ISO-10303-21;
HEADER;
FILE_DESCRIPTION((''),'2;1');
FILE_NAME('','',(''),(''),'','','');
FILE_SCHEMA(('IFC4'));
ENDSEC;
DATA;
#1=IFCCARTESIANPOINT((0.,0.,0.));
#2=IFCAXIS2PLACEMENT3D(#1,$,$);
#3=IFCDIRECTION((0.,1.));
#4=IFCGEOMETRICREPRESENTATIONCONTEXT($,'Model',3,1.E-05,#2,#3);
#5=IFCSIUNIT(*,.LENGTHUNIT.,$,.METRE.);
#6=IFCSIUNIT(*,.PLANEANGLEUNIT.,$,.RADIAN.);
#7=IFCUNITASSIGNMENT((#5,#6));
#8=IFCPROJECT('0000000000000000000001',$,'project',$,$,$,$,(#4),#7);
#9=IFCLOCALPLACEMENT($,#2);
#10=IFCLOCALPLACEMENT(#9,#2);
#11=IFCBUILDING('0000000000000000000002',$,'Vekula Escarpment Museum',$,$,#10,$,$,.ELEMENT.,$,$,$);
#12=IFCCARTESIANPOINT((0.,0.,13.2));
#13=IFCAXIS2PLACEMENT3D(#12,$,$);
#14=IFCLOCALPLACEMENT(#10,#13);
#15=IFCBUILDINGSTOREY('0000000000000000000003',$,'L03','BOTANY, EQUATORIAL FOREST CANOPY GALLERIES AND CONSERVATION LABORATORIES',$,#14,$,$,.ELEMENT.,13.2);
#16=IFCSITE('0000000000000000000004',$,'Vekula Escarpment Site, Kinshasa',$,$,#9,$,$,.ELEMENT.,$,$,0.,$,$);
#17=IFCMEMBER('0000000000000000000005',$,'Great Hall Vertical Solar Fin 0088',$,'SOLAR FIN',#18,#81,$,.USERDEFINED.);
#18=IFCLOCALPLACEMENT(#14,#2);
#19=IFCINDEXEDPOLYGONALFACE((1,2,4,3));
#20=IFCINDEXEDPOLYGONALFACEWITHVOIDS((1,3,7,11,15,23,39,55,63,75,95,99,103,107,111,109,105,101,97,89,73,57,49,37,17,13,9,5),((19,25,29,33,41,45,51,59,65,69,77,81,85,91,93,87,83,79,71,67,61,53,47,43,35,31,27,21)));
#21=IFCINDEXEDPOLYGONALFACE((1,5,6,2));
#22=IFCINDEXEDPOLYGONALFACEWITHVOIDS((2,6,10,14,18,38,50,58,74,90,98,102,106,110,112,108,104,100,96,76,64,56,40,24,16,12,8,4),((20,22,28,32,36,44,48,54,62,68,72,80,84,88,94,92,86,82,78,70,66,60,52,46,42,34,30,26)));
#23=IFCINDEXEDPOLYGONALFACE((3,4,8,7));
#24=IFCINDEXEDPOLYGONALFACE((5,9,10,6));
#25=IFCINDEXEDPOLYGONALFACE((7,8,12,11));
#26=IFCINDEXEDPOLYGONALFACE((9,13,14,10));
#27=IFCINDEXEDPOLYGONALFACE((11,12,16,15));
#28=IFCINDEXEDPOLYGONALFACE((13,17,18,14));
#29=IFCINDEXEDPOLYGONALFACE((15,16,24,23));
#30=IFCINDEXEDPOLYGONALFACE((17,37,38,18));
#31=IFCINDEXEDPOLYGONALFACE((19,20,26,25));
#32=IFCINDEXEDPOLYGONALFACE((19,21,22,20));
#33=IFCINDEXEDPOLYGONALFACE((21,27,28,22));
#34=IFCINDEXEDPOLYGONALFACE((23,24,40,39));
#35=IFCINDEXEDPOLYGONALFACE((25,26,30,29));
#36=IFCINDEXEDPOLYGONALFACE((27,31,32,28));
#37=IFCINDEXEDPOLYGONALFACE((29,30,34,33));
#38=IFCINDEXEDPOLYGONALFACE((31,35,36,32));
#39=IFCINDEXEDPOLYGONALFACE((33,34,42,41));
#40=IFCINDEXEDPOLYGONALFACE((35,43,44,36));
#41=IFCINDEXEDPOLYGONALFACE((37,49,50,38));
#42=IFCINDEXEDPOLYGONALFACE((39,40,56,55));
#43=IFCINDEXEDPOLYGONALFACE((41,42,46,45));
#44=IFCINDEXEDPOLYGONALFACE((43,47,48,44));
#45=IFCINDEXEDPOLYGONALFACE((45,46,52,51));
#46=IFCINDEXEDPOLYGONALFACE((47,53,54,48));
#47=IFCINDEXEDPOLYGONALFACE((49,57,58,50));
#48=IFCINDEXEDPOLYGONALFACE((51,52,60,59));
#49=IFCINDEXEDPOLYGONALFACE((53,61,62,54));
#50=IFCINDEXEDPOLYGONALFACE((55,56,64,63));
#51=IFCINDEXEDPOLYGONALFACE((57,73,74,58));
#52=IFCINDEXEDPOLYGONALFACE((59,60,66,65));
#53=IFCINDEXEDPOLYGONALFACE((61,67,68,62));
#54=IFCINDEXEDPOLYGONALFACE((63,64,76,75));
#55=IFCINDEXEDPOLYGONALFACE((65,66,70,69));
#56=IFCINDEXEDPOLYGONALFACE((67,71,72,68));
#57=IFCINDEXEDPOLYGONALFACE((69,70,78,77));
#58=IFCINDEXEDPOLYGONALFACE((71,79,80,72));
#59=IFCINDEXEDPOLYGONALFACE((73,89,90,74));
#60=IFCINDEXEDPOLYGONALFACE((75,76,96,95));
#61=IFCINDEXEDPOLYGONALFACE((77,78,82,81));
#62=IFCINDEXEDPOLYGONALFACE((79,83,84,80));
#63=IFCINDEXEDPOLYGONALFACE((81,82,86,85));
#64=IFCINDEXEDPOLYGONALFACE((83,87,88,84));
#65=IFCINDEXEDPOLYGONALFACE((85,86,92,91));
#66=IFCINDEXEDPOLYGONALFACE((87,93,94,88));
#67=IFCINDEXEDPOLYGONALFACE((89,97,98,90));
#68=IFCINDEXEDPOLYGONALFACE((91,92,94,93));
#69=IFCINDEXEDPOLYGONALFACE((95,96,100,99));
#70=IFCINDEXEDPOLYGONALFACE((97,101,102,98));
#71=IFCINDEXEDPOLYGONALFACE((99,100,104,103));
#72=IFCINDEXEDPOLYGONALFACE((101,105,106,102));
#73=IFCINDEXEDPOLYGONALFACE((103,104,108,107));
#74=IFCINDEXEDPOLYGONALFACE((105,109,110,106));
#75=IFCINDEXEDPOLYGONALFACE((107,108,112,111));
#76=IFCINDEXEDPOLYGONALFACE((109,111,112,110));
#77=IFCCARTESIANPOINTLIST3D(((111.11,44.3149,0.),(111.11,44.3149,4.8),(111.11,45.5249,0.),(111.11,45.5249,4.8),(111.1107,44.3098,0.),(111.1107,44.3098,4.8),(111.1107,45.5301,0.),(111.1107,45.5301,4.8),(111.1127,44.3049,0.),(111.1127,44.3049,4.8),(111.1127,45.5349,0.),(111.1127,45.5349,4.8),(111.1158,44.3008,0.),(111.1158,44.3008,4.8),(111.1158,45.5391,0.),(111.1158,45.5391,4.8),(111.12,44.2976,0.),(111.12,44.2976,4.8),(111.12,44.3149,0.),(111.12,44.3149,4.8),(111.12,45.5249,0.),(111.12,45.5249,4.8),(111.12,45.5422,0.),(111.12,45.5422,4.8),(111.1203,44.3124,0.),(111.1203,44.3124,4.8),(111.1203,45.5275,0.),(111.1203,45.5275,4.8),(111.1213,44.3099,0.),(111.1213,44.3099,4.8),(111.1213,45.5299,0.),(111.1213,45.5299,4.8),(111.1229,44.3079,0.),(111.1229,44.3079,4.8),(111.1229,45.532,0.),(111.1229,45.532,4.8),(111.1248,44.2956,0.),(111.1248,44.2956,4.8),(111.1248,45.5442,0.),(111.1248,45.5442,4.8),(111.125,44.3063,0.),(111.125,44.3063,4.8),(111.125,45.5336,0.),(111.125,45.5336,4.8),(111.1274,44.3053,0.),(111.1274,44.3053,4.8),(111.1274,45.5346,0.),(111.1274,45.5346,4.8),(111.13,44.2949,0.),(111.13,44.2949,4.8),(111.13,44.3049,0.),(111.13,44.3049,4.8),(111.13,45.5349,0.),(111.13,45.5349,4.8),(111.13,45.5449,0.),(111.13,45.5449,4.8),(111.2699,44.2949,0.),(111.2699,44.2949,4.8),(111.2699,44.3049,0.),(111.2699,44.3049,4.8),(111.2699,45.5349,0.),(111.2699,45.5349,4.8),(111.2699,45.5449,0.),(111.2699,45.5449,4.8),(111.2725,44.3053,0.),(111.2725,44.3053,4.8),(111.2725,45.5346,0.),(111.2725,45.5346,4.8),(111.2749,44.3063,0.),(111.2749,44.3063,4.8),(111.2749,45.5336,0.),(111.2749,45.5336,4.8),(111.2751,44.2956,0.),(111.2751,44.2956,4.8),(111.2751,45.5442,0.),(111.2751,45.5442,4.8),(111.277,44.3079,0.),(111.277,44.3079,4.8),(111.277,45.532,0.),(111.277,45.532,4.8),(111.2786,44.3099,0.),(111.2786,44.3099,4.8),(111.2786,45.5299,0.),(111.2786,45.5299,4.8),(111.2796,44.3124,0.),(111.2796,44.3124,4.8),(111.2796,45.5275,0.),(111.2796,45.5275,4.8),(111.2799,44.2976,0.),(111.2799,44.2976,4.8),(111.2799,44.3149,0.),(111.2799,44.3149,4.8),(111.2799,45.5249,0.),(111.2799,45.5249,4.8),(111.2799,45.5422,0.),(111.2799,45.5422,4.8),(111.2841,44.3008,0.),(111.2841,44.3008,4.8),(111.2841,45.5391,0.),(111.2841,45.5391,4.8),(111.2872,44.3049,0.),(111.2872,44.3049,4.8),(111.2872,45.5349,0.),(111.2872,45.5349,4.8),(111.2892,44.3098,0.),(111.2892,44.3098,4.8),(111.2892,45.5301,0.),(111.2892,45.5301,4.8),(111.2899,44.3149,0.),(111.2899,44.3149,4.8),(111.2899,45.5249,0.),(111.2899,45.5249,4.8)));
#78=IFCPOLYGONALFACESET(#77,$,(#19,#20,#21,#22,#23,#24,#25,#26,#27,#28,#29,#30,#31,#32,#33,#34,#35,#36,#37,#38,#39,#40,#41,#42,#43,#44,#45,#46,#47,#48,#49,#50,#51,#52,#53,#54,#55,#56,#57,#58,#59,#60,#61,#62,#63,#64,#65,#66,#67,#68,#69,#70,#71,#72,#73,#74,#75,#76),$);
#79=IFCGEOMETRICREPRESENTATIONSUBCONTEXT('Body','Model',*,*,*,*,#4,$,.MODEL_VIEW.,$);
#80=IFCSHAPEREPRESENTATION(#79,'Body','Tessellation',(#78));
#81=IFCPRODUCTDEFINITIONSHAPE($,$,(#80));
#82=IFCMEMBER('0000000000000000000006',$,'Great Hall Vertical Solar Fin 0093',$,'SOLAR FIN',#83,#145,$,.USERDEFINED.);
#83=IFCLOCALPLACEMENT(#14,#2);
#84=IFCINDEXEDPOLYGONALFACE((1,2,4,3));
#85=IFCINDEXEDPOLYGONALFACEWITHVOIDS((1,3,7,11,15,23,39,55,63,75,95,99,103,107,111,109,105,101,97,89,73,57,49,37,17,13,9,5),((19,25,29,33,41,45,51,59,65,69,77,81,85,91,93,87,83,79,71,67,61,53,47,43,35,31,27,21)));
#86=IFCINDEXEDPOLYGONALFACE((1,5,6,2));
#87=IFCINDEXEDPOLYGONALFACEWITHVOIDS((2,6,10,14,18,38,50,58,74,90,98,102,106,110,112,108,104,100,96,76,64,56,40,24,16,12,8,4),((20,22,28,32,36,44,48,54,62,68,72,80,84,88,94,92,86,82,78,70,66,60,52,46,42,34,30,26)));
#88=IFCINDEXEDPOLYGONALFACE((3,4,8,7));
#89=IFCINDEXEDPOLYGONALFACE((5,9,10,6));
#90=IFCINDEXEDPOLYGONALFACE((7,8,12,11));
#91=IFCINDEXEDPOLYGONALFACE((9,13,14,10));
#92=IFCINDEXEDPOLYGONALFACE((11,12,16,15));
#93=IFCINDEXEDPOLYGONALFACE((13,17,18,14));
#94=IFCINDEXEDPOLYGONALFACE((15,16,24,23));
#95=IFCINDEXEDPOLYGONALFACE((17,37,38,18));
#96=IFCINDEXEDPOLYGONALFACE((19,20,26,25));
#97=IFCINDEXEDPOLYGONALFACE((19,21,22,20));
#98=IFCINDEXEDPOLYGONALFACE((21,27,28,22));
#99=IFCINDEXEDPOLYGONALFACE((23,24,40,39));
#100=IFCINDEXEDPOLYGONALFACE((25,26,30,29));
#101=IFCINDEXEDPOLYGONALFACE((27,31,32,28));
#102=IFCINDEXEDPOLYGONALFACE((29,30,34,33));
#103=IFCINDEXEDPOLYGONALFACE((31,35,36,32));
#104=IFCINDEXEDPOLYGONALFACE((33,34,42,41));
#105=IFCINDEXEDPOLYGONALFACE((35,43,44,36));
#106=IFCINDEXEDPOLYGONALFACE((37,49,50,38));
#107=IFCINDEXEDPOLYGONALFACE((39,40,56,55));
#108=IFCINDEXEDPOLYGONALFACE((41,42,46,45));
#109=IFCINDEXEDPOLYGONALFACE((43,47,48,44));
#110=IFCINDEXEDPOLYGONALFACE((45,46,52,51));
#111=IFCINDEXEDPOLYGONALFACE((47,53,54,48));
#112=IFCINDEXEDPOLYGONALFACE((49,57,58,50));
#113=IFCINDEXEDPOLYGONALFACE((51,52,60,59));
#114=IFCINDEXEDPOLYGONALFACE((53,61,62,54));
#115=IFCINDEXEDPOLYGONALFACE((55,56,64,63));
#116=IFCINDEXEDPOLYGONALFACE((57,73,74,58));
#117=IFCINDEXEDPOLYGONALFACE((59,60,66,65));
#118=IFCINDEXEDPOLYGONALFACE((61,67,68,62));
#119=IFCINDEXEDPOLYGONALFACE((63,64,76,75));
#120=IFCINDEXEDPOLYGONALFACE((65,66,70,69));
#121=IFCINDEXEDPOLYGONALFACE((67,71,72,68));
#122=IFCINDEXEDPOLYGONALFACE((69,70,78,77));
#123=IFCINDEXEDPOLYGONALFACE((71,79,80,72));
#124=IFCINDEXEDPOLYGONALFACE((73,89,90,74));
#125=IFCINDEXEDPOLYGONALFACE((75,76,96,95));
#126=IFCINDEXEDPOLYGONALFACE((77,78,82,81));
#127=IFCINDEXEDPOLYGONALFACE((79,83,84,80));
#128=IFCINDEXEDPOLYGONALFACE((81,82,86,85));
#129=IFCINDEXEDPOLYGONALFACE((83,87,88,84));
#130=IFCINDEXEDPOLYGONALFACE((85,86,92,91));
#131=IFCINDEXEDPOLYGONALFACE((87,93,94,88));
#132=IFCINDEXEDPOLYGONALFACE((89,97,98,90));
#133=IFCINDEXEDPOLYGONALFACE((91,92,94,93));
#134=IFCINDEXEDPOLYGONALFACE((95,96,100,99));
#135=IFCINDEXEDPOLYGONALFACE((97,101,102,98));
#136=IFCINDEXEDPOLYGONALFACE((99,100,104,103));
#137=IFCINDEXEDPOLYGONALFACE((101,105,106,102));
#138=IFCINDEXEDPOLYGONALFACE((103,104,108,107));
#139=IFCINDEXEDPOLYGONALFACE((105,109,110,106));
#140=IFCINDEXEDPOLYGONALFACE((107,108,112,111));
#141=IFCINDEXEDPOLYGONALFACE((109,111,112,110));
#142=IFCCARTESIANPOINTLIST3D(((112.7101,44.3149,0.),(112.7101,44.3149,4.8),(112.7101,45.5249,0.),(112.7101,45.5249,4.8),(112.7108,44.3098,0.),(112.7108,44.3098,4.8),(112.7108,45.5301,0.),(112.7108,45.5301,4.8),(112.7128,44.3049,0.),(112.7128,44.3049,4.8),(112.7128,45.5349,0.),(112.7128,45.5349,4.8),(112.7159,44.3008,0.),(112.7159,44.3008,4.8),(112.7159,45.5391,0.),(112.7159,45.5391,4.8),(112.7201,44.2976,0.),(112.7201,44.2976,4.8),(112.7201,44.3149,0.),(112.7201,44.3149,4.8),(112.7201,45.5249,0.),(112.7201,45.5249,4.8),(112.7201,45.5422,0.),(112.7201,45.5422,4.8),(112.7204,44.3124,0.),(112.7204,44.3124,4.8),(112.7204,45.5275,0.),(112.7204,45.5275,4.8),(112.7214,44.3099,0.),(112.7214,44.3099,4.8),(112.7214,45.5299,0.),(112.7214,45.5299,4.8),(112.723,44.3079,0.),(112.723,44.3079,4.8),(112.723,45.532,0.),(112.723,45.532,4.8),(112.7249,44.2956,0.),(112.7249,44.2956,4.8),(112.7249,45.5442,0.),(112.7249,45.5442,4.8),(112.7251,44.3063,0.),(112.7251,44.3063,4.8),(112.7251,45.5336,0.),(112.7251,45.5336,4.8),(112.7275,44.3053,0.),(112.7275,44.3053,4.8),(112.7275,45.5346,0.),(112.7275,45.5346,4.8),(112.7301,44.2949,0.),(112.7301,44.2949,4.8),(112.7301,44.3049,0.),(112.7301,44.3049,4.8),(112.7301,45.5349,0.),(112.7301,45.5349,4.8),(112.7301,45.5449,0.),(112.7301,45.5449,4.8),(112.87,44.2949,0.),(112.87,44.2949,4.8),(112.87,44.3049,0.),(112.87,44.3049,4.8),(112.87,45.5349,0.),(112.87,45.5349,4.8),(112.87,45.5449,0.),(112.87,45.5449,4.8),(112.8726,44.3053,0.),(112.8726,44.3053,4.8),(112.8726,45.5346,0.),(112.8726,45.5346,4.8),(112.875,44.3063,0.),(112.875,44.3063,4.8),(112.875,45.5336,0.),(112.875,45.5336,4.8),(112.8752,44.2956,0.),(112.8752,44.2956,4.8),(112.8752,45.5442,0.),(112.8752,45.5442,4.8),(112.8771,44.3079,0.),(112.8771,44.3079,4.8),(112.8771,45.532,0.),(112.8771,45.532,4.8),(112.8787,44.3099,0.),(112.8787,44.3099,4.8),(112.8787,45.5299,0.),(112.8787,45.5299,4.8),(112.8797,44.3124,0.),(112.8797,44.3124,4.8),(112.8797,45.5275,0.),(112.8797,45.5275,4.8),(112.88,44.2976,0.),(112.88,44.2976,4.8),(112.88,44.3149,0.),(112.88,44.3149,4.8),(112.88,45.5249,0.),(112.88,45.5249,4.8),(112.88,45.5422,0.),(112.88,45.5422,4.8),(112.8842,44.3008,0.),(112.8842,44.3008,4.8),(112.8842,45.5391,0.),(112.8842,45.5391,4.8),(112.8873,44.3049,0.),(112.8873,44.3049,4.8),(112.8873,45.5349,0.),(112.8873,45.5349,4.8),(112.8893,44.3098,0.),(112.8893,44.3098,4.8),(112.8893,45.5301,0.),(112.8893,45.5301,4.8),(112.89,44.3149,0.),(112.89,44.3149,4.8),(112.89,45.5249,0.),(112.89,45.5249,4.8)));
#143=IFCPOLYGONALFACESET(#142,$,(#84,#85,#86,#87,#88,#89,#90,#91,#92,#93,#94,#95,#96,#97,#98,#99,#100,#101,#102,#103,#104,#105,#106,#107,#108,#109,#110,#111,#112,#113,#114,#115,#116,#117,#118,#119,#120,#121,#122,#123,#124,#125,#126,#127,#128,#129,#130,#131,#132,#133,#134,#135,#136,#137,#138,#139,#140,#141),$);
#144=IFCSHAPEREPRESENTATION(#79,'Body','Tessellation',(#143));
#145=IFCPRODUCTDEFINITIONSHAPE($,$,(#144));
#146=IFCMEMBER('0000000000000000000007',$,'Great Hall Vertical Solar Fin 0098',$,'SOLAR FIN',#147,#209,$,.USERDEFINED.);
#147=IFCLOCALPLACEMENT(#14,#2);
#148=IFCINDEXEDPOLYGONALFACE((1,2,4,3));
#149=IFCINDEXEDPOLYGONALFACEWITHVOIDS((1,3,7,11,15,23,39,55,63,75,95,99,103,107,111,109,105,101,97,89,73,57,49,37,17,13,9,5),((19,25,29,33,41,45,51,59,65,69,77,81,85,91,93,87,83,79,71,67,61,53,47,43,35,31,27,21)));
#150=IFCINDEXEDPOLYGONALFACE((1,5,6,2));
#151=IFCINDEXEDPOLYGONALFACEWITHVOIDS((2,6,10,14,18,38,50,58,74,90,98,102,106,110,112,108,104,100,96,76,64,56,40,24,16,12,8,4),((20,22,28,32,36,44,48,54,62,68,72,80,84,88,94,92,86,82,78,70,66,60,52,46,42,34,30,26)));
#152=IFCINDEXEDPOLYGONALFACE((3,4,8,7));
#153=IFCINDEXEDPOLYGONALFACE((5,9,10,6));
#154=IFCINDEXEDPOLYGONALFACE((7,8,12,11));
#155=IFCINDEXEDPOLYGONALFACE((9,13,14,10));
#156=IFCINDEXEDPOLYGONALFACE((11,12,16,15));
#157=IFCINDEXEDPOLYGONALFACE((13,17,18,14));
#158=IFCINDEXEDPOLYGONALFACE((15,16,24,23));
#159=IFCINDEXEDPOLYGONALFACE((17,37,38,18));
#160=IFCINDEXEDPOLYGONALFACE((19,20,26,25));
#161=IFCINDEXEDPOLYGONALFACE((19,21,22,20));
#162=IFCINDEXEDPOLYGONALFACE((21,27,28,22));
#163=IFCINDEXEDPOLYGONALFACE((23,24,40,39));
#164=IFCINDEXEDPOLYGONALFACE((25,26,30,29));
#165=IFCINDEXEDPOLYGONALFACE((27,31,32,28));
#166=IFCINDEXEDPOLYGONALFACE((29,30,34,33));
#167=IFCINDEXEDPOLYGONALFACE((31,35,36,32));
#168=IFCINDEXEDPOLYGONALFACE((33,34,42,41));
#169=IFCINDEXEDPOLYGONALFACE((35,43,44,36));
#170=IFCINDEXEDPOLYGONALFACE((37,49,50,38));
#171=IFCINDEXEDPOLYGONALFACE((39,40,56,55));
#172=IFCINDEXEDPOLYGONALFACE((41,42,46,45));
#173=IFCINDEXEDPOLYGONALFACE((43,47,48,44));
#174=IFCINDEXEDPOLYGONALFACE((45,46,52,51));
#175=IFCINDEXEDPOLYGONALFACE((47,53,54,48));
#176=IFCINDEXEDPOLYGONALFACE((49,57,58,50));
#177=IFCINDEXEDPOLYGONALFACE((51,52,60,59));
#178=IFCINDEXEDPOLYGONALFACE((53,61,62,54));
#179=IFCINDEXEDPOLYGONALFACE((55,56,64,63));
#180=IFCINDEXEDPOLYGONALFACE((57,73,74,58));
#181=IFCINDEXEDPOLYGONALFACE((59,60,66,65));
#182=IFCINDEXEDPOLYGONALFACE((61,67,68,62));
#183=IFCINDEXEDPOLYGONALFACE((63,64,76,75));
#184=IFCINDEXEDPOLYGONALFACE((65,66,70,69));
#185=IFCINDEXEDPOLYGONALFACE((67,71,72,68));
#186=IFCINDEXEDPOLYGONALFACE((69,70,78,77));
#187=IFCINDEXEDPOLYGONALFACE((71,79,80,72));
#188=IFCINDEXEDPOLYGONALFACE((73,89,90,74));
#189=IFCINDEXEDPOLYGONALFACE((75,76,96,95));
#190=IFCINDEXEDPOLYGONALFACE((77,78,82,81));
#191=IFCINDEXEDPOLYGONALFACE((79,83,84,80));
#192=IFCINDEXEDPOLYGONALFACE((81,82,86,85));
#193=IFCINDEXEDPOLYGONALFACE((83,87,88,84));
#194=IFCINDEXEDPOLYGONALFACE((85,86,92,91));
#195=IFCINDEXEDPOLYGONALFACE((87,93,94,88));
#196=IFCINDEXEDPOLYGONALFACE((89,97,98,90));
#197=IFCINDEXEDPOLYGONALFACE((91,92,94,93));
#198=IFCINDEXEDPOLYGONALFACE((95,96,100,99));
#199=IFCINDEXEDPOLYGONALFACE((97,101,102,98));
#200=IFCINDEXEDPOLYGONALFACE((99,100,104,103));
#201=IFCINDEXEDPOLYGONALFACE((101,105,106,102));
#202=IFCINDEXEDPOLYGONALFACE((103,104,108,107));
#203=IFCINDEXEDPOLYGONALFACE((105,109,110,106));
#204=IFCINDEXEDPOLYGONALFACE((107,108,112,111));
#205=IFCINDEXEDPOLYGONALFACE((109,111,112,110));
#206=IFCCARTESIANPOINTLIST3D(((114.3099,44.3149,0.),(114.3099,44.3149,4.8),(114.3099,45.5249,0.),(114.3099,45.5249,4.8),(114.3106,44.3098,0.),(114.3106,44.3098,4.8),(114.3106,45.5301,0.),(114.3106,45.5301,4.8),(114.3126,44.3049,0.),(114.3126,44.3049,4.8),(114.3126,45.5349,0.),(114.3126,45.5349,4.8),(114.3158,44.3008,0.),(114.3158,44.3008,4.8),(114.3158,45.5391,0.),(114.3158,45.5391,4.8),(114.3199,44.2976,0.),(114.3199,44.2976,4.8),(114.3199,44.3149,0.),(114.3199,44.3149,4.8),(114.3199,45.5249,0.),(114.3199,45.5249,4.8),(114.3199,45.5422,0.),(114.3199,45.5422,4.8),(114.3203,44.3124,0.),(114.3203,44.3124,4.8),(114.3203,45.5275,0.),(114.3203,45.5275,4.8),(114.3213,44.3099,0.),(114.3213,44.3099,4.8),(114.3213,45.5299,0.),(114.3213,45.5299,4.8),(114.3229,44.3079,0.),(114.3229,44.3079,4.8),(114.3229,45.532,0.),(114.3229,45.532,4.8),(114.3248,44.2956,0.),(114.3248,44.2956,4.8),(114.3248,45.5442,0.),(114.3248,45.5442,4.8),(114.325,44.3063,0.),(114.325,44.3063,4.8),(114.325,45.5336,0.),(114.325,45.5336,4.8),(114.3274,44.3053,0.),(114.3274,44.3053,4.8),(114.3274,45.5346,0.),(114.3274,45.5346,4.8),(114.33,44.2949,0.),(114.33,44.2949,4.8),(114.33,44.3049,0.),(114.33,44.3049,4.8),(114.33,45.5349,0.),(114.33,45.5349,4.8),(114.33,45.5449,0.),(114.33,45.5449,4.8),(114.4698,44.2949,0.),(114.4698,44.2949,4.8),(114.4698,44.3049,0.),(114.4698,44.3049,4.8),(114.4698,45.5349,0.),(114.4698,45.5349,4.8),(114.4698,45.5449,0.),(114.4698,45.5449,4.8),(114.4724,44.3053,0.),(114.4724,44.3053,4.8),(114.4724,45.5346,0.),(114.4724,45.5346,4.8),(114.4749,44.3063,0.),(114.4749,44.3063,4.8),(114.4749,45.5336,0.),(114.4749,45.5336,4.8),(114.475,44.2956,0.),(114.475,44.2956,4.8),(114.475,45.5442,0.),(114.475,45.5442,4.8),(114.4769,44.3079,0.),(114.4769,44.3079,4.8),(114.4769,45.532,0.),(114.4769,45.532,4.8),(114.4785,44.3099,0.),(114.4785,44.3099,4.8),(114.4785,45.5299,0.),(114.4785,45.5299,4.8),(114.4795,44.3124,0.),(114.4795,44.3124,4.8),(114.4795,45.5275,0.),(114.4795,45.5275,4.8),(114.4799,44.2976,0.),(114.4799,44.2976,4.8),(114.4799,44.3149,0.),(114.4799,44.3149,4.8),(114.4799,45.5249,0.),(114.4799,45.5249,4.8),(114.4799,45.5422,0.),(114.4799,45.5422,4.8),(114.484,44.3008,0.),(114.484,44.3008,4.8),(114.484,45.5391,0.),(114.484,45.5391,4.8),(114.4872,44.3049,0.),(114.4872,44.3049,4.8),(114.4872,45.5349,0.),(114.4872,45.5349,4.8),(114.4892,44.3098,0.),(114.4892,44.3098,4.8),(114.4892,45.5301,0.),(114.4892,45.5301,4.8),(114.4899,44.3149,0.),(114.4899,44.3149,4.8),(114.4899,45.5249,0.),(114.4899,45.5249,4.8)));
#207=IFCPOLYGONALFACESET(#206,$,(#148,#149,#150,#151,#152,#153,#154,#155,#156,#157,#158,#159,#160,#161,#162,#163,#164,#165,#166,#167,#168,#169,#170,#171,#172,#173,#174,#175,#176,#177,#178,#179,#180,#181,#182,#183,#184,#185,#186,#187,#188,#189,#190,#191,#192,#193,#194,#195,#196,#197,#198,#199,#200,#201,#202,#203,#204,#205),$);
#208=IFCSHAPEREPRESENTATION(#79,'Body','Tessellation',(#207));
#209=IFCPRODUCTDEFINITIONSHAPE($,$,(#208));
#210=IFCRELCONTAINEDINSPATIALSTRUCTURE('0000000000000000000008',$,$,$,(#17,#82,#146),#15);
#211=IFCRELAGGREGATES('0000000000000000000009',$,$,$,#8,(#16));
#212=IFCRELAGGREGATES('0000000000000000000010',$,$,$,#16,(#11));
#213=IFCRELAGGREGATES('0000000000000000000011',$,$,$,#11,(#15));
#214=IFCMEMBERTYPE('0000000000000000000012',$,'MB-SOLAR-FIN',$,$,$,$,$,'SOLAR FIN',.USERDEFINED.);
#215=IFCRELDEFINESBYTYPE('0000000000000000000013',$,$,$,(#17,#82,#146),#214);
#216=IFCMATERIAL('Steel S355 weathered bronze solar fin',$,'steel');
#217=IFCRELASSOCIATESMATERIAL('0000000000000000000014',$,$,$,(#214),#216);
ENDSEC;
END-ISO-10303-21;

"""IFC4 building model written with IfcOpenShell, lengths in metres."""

from ifc_helpers import new_model, si_unit, direction, frame, origin, origin_2d, place, context, subcontext, project, spatial, hollow_rectangle, extrude, material, material_profile, profile_set, type_object, element, save


model = new_model("IFC4")

# Units and contexts
model_context = context("Model", 3, precision=1e-05, world=origin(), true_north=direction((0.0, 1.0)))
body_context = subcontext(model_context, "Body", "Model", "MODEL_VIEW")
ifc_project = project(units=[si_unit("LENGTHUNIT", "METRE"), si_unit("PLANEANGLEUNIT", "RADIAN")], contexts=[model_context])

# Site, building, storey
site_placement = place(None, origin())
site = spatial("IfcSite", under=ifc_project, at=site_placement, Name="Vekula Escarpment Site, Kinshasa", CompositionType="ELEMENT", RefElevation=0.0)
building_placement = place(site_placement, origin())
building = spatial("IfcBuilding", under=site, at=building_placement, Name="Vekula Escarpment Museum", CompositionType="ELEMENT")
storey_placement = place(building_placement, frame((0.0, 0.0, 13.2)))
storey = spatial("IfcBuildingStorey", under=building, at=storey_placement, Name="L03", Description="BOTANY, EQUATORIAL FOREST CANOPY GALLERIES AND CONSERVATION LABORATORIES", CompositionType="ELEMENT", Elevation=13.2)

# Members
ifc_material_1 = material(Name="Steel S355 weathered bronze solar fin", Category="steel")
ifc_material_profile_1 = material_profile(ifc_material_1, hollow_rectangle(XDim=0.1799, YDim=1.25, WallThickness=0.01, InnerFilletRadius=0.01, OuterFilletRadius=0.02, at=origin_2d()), Name="RHS 1250x180x10")
ifc_profile_set_1 = profile_set([ifc_material_profile_1], Name="Steel S355 weathered bronze solar fin")
member_type_1 = type_object("IfcMemberType", Name="MB-SOLAR-FIN", ElementType="SOLAR FIN", PredefinedType="USERDEFINED", material=ifc_profile_set_1)
for number, where, z_axis, x_axis, name in (
    (1, (111.2, 44.9199, 0.0), (0.0, 0.0, 1.0), (1.0, 0.0, 0.0), "Great Hall Vertical Solar Fin 0088"),
    (2, (112.8, 44.9199, 0.0), (0.0, 0.0, 1.0), (1.0, 0.0, 0.0), "Great Hall Vertical Solar Fin 0093"),
    (3, (114.3999, 44.9199, 0.0), (0.0, 0.0, 1.0), (1.0, 0.0, 0.0), "Great Hall Vertical Solar Fin 0098"),
):
    element("IfcMember", number, at=place(storey_placement, frame(where, z_axis=z_axis, x_axis=x_axis)), inside=storey, type_object=member_type_1, Name=name, ObjectType="SOLAR FIN", PredefinedType="USERDEFINED", context=body_context, shape_type="SweptSolid", body=[
        extrude(hollow_rectangle(XDim=0.1799, YDim=1.25, WallThickness=0.01, InnerFilletRadius=0.01, OuterFilletRadius=0.02, at=origin_2d()), origin(), (0.0, 0.0, 1.0), 4.8),
    ])

save(model, "model.ifc")
